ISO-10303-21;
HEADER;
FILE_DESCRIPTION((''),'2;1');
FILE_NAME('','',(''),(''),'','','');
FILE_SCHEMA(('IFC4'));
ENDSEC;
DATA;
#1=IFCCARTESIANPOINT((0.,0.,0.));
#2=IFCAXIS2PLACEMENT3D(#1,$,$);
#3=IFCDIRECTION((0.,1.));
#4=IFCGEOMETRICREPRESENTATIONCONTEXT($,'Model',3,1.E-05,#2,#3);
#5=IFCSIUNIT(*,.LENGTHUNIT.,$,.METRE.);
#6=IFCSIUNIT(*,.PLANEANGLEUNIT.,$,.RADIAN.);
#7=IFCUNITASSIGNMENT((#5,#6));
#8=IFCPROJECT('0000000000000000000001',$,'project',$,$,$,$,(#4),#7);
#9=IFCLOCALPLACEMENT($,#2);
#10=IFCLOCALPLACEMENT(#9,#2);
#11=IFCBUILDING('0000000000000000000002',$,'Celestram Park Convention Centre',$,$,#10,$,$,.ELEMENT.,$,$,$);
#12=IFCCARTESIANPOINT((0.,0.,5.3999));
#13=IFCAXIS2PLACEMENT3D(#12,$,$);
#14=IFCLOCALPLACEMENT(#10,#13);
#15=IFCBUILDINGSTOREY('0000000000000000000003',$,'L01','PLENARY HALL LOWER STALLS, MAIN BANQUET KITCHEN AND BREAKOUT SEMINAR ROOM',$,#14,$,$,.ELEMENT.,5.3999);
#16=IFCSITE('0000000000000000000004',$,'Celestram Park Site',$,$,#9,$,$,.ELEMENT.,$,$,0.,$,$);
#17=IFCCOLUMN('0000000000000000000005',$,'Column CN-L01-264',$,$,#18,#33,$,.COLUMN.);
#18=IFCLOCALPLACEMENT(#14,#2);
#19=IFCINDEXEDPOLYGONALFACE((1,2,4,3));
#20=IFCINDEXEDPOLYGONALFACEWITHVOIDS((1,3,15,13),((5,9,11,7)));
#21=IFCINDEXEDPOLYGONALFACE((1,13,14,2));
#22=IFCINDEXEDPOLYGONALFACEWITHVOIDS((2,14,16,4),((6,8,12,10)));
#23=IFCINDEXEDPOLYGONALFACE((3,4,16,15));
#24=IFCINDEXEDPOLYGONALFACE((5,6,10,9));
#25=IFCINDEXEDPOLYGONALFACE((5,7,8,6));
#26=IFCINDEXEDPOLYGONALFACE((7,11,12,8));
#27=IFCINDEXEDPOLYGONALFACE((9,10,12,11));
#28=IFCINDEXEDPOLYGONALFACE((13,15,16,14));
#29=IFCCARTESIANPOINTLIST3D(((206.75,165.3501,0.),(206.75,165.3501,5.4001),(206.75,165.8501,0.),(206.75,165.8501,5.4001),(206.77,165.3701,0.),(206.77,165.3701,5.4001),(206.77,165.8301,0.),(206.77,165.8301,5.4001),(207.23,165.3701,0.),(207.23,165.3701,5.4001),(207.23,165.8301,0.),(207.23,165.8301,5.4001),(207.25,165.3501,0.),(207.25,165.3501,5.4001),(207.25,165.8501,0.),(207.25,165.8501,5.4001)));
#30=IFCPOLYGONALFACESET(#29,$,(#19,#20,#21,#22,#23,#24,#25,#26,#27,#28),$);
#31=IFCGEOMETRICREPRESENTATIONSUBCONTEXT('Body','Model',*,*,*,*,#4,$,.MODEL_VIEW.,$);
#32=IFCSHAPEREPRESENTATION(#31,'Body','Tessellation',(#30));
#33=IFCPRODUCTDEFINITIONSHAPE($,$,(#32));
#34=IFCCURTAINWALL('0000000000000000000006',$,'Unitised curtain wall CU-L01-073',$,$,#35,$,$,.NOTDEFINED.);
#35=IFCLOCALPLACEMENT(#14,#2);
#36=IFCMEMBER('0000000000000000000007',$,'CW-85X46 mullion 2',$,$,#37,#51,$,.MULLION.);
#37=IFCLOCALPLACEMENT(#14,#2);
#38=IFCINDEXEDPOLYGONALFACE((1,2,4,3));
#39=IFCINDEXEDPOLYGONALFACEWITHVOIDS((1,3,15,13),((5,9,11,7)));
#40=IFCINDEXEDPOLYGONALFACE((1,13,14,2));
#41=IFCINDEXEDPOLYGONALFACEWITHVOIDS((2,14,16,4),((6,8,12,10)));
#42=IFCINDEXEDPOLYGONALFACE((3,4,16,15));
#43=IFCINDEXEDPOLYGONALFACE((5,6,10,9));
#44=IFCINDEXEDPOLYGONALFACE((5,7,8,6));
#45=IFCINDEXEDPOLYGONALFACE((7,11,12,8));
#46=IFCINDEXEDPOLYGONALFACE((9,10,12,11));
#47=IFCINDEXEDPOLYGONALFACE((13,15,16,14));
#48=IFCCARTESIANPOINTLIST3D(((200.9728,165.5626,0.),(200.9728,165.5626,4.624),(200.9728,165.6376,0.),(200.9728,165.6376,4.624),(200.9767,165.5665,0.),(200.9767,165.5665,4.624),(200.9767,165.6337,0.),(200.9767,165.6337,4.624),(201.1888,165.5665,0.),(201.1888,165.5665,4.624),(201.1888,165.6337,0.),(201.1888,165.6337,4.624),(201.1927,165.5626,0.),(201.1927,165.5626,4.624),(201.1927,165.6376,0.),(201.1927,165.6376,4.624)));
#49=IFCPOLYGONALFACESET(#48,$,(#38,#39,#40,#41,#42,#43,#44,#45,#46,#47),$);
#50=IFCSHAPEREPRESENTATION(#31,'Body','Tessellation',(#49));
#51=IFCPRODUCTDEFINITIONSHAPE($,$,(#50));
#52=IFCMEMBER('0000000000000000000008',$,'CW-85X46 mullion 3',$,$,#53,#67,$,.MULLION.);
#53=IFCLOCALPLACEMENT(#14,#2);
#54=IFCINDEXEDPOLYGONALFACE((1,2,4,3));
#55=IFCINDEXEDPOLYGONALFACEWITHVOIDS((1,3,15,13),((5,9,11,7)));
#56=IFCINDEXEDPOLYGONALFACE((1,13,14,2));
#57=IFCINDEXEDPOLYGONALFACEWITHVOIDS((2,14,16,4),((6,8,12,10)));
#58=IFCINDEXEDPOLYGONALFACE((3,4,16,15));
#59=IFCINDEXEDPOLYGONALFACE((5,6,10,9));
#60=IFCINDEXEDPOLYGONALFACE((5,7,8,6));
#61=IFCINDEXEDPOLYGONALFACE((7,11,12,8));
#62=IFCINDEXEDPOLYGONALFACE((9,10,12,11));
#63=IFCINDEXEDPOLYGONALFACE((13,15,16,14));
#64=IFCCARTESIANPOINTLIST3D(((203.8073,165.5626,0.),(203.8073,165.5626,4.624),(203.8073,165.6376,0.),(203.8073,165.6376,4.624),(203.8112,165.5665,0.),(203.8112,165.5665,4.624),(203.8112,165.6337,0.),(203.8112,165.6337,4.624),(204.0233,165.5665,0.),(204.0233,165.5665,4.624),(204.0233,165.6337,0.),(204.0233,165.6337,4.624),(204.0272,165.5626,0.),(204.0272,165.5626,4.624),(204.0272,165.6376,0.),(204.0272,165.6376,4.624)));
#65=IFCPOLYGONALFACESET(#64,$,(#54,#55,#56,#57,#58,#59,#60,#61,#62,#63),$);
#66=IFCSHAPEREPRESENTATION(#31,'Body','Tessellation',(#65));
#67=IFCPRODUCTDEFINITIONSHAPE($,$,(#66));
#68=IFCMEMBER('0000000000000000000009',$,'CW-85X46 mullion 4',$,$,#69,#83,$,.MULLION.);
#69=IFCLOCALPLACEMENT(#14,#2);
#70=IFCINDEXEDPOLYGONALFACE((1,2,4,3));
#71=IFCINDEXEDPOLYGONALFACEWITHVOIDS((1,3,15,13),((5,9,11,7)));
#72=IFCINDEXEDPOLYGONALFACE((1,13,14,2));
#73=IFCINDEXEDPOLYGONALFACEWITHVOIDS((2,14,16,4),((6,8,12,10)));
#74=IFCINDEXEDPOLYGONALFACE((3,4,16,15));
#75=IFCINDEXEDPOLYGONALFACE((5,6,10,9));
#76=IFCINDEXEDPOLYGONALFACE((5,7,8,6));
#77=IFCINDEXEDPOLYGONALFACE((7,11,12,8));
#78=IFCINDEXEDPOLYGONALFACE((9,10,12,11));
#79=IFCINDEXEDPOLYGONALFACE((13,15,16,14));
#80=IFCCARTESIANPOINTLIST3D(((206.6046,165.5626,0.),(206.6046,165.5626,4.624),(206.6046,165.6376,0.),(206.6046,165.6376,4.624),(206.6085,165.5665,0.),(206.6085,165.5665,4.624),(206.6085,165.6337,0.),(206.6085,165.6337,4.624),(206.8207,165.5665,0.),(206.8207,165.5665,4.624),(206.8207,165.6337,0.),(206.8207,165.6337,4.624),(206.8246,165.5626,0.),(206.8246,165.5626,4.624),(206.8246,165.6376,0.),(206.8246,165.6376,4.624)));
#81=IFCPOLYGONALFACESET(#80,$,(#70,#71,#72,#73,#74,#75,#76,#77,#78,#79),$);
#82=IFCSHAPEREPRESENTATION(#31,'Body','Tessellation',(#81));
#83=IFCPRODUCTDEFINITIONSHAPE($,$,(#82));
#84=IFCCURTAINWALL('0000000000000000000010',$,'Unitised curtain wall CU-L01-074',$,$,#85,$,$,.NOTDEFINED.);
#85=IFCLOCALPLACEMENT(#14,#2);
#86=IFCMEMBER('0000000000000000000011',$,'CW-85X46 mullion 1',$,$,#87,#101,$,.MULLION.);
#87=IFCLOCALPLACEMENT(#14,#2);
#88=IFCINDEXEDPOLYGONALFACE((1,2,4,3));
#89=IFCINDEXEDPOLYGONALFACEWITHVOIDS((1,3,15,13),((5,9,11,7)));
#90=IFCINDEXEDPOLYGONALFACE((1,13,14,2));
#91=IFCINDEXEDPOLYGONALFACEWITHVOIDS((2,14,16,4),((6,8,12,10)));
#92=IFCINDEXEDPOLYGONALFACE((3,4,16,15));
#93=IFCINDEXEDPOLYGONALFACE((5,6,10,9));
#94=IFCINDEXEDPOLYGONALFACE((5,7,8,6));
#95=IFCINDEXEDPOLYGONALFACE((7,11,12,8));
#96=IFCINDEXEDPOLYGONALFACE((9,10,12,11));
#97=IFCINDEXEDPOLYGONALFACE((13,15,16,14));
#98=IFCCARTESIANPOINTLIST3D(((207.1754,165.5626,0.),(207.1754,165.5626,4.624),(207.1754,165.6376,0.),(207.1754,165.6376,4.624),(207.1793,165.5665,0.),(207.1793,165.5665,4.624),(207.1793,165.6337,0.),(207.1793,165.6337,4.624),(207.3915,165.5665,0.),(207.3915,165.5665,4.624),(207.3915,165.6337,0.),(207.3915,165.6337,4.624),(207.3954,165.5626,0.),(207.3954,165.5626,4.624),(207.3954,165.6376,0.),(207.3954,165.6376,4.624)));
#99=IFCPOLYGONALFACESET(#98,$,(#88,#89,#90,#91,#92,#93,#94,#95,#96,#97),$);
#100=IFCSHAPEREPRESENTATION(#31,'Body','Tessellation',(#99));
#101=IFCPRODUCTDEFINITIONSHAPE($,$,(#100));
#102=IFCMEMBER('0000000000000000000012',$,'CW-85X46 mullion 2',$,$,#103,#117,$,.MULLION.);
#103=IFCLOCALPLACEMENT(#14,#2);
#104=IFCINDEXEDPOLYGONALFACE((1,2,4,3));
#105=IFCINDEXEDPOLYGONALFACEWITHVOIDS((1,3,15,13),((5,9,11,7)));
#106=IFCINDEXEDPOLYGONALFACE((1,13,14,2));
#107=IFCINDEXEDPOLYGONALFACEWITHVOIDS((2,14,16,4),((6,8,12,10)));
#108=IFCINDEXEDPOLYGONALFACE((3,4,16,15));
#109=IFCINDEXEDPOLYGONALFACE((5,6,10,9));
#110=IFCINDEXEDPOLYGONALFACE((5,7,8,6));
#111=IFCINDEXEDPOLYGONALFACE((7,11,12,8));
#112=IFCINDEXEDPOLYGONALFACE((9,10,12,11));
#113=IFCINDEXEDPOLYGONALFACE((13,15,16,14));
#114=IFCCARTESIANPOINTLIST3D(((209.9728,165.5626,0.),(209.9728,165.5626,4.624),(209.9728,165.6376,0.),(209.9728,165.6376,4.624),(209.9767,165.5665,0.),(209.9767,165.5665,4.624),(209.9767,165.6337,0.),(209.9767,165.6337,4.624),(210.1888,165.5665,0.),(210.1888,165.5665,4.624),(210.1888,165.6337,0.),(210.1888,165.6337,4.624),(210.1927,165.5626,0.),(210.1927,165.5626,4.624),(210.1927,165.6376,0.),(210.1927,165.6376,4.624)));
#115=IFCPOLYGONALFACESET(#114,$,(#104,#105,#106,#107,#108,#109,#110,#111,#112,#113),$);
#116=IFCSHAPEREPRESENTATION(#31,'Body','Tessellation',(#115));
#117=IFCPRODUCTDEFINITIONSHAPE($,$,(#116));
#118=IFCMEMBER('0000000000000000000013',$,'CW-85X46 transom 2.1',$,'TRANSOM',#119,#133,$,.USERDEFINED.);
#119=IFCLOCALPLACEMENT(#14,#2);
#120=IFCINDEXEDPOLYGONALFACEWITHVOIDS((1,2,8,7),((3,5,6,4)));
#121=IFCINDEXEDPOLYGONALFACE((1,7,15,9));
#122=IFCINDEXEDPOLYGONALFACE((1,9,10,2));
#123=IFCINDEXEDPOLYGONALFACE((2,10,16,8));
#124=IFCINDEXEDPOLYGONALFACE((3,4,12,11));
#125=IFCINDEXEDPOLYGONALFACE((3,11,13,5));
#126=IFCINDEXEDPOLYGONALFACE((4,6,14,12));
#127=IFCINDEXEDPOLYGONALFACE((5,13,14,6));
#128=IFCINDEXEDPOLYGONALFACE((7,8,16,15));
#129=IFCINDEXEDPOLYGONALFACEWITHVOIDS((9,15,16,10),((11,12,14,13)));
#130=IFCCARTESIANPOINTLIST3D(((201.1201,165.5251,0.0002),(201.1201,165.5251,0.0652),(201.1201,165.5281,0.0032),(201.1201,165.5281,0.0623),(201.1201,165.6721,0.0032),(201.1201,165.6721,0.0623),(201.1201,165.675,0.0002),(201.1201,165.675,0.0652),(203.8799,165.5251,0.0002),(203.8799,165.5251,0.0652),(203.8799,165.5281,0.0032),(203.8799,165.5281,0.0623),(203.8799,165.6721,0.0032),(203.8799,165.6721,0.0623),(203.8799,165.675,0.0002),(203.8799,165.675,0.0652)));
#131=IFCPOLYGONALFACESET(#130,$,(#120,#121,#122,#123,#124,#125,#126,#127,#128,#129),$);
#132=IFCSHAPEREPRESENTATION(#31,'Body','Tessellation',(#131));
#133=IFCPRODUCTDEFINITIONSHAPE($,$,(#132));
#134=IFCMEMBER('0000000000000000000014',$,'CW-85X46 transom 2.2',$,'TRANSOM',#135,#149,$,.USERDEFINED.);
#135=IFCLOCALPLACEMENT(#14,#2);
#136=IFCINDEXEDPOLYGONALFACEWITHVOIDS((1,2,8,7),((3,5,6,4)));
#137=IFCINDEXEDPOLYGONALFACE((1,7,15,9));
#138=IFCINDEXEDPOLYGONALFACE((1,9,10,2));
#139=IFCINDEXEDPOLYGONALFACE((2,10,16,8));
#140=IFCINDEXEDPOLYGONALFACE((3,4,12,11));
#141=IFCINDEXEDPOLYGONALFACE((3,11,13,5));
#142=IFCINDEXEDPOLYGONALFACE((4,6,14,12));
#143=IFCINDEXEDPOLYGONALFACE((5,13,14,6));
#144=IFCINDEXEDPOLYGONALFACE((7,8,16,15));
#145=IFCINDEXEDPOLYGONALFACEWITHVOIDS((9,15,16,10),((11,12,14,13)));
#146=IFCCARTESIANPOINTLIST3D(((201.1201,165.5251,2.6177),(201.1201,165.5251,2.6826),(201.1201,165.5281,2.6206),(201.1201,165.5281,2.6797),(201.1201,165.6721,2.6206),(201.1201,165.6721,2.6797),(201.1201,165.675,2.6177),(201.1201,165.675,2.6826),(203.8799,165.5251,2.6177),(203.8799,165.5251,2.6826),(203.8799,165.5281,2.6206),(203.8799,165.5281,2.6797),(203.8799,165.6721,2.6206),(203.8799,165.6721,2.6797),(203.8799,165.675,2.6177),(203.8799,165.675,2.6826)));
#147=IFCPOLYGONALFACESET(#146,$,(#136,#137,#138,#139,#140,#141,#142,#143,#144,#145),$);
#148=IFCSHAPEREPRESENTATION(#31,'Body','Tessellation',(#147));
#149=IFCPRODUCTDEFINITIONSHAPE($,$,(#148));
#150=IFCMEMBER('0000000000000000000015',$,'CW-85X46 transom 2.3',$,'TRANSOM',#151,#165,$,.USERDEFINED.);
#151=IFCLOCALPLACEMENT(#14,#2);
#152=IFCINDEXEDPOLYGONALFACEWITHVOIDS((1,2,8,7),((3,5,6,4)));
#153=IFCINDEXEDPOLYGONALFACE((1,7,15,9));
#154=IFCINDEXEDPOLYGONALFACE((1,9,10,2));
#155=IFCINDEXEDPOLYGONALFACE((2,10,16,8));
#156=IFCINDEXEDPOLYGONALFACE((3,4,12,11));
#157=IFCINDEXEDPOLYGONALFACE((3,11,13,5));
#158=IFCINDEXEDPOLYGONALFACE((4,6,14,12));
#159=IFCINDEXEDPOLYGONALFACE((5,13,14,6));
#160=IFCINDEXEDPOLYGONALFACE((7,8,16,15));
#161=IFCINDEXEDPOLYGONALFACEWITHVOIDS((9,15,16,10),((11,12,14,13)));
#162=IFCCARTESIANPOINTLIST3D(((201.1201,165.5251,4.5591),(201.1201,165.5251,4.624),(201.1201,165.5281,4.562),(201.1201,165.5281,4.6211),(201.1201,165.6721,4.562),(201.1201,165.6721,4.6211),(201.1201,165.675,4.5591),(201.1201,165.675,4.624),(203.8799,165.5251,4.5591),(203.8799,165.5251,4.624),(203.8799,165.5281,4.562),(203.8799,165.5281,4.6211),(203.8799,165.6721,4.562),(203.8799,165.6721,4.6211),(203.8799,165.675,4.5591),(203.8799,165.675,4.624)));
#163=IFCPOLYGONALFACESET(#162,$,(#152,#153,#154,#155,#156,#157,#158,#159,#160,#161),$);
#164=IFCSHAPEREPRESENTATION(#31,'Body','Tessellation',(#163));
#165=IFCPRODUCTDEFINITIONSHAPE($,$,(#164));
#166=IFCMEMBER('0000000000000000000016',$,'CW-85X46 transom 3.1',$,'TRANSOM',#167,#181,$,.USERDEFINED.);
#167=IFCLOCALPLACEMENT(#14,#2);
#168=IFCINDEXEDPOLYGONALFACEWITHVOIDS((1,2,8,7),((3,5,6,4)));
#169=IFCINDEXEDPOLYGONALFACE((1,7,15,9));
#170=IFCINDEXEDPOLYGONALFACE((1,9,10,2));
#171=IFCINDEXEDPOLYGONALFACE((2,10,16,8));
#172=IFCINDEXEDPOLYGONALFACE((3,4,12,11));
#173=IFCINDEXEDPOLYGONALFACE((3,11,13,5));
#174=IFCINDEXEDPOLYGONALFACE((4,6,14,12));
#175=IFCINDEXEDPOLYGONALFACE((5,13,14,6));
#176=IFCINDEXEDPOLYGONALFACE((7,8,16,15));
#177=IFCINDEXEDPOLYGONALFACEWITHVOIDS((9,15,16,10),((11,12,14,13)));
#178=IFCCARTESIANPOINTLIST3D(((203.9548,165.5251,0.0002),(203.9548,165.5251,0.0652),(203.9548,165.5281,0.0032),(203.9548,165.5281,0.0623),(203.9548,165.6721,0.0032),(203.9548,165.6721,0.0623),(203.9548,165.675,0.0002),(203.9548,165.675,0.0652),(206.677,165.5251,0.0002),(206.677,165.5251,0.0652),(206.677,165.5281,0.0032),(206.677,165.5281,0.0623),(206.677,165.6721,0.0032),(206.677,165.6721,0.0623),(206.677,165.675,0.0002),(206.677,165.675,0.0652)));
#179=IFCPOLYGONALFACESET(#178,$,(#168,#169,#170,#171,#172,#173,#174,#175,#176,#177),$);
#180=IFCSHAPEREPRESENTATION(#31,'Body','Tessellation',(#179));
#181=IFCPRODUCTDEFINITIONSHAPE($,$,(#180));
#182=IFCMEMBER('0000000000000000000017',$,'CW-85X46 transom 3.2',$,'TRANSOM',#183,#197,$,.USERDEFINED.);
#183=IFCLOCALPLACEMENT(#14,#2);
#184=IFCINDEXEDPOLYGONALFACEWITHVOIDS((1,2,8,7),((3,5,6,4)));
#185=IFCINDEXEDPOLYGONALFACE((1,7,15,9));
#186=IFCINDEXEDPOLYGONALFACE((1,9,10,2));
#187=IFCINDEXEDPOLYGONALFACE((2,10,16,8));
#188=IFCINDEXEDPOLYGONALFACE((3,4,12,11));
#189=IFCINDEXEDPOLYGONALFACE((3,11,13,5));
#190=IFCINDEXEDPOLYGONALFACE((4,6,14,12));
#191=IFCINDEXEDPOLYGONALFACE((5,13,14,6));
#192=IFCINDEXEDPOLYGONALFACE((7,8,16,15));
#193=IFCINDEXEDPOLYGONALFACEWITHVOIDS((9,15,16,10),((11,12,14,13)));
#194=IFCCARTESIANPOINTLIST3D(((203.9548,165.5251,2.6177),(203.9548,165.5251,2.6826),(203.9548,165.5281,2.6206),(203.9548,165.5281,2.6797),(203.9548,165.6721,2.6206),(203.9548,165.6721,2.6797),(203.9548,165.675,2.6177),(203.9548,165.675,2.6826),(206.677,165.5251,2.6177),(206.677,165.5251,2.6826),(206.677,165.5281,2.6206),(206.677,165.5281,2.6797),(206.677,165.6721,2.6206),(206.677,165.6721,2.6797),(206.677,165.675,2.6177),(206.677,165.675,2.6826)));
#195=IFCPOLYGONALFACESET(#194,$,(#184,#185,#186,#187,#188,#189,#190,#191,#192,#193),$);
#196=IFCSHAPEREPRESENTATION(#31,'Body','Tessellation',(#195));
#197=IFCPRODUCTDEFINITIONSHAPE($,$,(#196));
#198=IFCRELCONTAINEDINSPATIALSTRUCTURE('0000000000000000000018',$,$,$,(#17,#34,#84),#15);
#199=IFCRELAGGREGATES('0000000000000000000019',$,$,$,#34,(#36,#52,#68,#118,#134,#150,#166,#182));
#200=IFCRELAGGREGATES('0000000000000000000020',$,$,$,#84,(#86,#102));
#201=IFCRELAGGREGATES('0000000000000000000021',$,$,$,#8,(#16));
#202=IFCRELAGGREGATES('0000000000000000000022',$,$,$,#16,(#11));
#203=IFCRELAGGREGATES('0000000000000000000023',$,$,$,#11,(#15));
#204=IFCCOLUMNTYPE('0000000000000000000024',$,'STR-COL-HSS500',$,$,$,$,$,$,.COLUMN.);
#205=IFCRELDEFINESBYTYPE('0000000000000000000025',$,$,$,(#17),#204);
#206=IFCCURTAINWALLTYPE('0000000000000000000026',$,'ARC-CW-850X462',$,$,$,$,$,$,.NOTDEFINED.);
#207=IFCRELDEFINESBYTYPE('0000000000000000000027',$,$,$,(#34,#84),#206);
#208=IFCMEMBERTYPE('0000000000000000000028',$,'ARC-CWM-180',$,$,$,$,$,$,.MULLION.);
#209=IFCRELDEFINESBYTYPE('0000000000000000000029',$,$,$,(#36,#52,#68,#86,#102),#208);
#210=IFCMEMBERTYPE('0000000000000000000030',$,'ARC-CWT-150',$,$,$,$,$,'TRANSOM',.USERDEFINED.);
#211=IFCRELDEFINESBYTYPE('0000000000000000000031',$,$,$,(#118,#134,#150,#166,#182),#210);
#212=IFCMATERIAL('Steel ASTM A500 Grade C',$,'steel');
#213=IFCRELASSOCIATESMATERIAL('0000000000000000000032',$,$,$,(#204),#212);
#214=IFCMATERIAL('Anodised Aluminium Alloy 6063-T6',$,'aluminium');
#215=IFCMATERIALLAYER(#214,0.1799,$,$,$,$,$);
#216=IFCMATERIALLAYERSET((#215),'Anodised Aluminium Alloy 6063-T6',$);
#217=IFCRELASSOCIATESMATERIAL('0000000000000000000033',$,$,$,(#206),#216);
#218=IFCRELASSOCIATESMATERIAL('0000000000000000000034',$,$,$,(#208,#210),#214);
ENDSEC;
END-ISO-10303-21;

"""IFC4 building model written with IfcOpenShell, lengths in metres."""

from ifc_helpers import new_model, si_unit, direction, frame, origin, origin_2d, place, context, subcontext, project, spatial, hollow_rectangle, extrude, material, layer, layer_set, material_profile, profile_set, type_object, element, aggregate, save


model = new_model("IFC4")

# Units and contexts
model_context = context("Model", 3, precision=1e-05, world=origin(), true_north=direction((0.0, 1.0)))
body_context = subcontext(model_context, "Body", "Model", "MODEL_VIEW")
ifc_project = project(units=[si_unit("LENGTHUNIT", "METRE"), si_unit("PLANEANGLEUNIT", "RADIAN")], contexts=[model_context])

# Site, building, storey
site_placement = place(None, origin())
site = spatial("IfcSite", under=ifc_project, at=site_placement, Name="Celestram Park Site", CompositionType="ELEMENT", RefElevation=0.0)
building_placement = place(site_placement, origin())
building = spatial("IfcBuilding", under=site, at=building_placement, Name="Celestram Park Convention Centre", CompositionType="ELEMENT")
storey_placement = place(building_placement, frame((0.0, 0.0, 5.3999)))
storey = spatial("IfcBuildingStorey", under=building, at=storey_placement, Name="L01", Description="PLENARY HALL LOWER STALLS, MAIN BANQUET KITCHEN AND BREAKOUT SEMINAR ROOM", CompositionType="ELEMENT", Elevation=5.3999)

# Column
ifc_material_1 = material(Name="Steel ASTM A500 Grade C", Category="steel")
ifc_material_profile_1 = material_profile(ifc_material_1, hollow_rectangle(XDim=0.5, YDim=0.5, WallThickness=0.02, at=origin_2d()), Name="HSS500X500X20")
ifc_profile_set_1 = profile_set([ifc_material_profile_1], Name="Steel ASTM A500 Grade C")
column_type = type_object("IfcColumnType", Name="STR-COL-HSS500", PredefinedType="COLUMN", material=ifc_profile_set_1)
column_placement = place(storey_placement, frame((207.0, 165.6001, 0.0), z_axis=(0.0, 0.0, 1.0), x_axis=(1.0, 0.0, 0.0)))
element("IfcColumn", 1, at=column_placement, inside=storey, type_object=column_type, Name="Column CN-L01-264", PredefinedType="COLUMN", context=body_context, shape_type="SweptSolid", body=[
    extrude(hollow_rectangle(XDim=0.5, YDim=0.5, WallThickness=0.02, at=origin_2d()), origin(), (0.0, 0.0, 1.0), 5.4001),
])

# Curtain walls, members
ifc_material_2 = material(Name="Anodised Aluminium Alloy 6063-T6", Category="aluminium")
ifc_layer_1 = layer(ifc_material_2, 0.1799)
ifc_layer_set_1 = layer_set([ifc_layer_1], Name="Anodised Aluminium Alloy 6063-T6")
curtain_wall_type = type_object("IfcCurtainWallType", Name="ARC-CW-850X462", PredefinedType="NOTDEFINED", material=ifc_layer_set_1)
curtain_wall_1_placement = place(storey_placement, origin())
curtain_wall_1 = element("IfcCurtainWall", 2, at=curtain_wall_1_placement, inside=storey, type_object=curtain_wall_type, Name="Unitised curtain wall CU-L01-073", PredefinedType="NOTDEFINED")
ifc_material_profile_2 = material_profile(ifc_material_2, hollow_rectangle(XDim=0.075, YDim=0.22, WallThickness=0.0039, at=origin_2d()), Name="ALU75X220X4")
ifc_profile_set_2 = profile_set([ifc_material_profile_2], Name="Anodised Aluminium Alloy 6063-T6")
member_type_1 = type_object("IfcMemberType", Name="ARC-CWM-180", PredefinedType="MULLION", material=ifc_profile_set_2)
member_1_placement = place(storey_placement, frame((201.0828, 165.6001, 0.0), z_axis=(0.0, 0.0, 1.0), x_axis=(0.0, 1.0, 0.0)))
member_1 = element("IfcMember", 3, at=member_1_placement, type_object=member_type_1, Name="CW-85X46 mullion 2", PredefinedType="MULLION", context=body_context, shape_type="SweptSolid", body=[
    extrude(hollow_rectangle(XDim=0.075, YDim=0.22, WallThickness=0.0039, at=origin_2d()), origin(), (0.0, 0.0, 1.0), 4.624),
])
member_2_placement = place(storey_placement, frame((203.9172, 165.6001, 0.0), z_axis=(0.0, 0.0, 1.0), x_axis=(0.0, 1.0, 0.0)))
member_2 = element("IfcMember", 4, at=member_2_placement, type_object=member_type_1, Name="CW-85X46 mullion 3", PredefinedType="MULLION", context=body_context, shape_type="SweptSolid", body=[
    extrude(hollow_rectangle(XDim=0.075, YDim=0.22, WallThickness=0.0039, at=origin_2d()), origin(), (0.0, 0.0, 1.0), 4.624),
])
member_3_placement = place(storey_placement, frame((206.7146, 165.6001, 0.0), z_axis=(0.0, 0.0, 1.0), x_axis=(0.0, 1.0, 0.0)))
member_3 = element("IfcMember", 5, at=member_3_placement, type_object=member_type_1, Name="CW-85X46 mullion 4", PredefinedType="MULLION", context=body_context, shape_type="SweptSolid", body=[
    extrude(hollow_rectangle(XDim=0.075, YDim=0.22, WallThickness=0.0039, at=origin_2d()), origin(), (0.0, 0.0, 1.0), 4.624),
])
curtain_wall_2_placement = place(storey_placement, origin())
curtain_wall_2 = element("IfcCurtainWall", 6, at=curtain_wall_2_placement, inside=storey, type_object=curtain_wall_type, Name="Unitised curtain wall CU-L01-074", PredefinedType="NOTDEFINED")
member_4_placement = place(storey_placement, frame((207.2854, 165.6001, 0.0), z_axis=(0.0, 0.0, 1.0), x_axis=(0.0, 1.0, 0.0)))
member_4 = element("IfcMember", 7, at=member_4_placement, type_object=member_type_1, Name="CW-85X46 mullion 1", PredefinedType="MULLION", context=body_context, shape_type="SweptSolid", body=[
    extrude(hollow_rectangle(XDim=0.075, YDim=0.22, WallThickness=0.0039, at=origin_2d()), origin(), (0.0, 0.0, 1.0), 4.624),
])
member_5_placement = place(storey_placement, frame((210.0828, 165.6001, 0.0), z_axis=(0.0, 0.0, 1.0), x_axis=(0.0, 1.0, 0.0)))
member_5 = element("IfcMember", 8, at=member_5_placement, type_object=member_type_1, Name="CW-85X46 mullion 2", PredefinedType="MULLION", context=body_context, shape_type="SweptSolid", body=[
    extrude(hollow_rectangle(XDim=0.075, YDim=0.22, WallThickness=0.0039, at=origin_2d()), origin(), (0.0, 0.0, 1.0), 4.624),
])

# Members
ifc_material_profile_3 = material_profile(ifc_material_2, hollow_rectangle(XDim=0.1499, YDim=0.0649, WallThickness=0.0029, at=origin_2d()), Name="ALU150X65X3")
ifc_profile_set_3 = profile_set([ifc_material_profile_3], Name="Anodised Aluminium Alloy 6063-T6")
member_type_2 = type_object("IfcMemberType", Name="ARC-CWT-150", ElementType="TRANSOM", PredefinedType="USERDEFINED", material=ifc_profile_set_3)
member_6_placement = place(storey_placement, frame((201.1201, 165.6001, 0.0327), z_axis=(1.0, 0.0, 0.0), x_axis=(0.0, 1.0, 0.0)))
member_6 = element("IfcMember", 9, at=member_6_placement, type_object=member_type_2, Name="CW-85X46 transom 2.1", ObjectType="TRANSOM", PredefinedType="USERDEFINED", context=body_context, shape_type="SweptSolid", body=[
    extrude(hollow_rectangle(XDim=0.1499, YDim=0.0649, WallThickness=0.0029, at=origin_2d()), origin(), (0.0, 0.0, 1.0), 2.7598),
])
member_7_placement = place(storey_placement, frame((201.1201, 165.6001, 2.6501), z_axis=(1.0, 0.0, 0.0), x_axis=(0.0, 1.0, 0.0)))
member_7 = element("IfcMember", 10, at=member_7_placement, type_object=member_type_2, Name="CW-85X46 transom 2.2", ObjectType="TRANSOM", PredefinedType="USERDEFINED", context=body_context, shape_type="SweptSolid", body=[
    extrude(hollow_rectangle(XDim=0.1499, YDim=0.0649, WallThickness=0.0029, at=origin_2d()), origin(), (0.0, 0.0, 1.0), 2.7598),
])
member_8_placement = place(storey_placement, frame((201.1201, 165.6001, 4.5916), z_axis=(1.0, 0.0, 0.0), x_axis=(0.0, 1.0, 0.0)))
member_8 = element("IfcMember", 11, at=member_8_placement, type_object=member_type_2, Name="CW-85X46 transom 2.3", ObjectType="TRANSOM", PredefinedType="USERDEFINED", context=body_context, shape_type="SweptSolid", body=[
    extrude(hollow_rectangle(XDim=0.1499, YDim=0.0649, WallThickness=0.0029, at=origin_2d()), origin(), (0.0, 0.0, 1.0), 2.7598),
])
member_9_placement = place(storey_placement, frame((203.9548, 165.6001, 0.0327), z_axis=(1.0, 0.0, 0.0), x_axis=(0.0, 1.0, 0.0)))
member_9 = element("IfcMember", 12, at=member_9_placement, type_object=member_type_2, Name="CW-85X46 transom 3.1", ObjectType="TRANSOM", PredefinedType="USERDEFINED", context=body_context, shape_type="SweptSolid", body=[
    extrude(hollow_rectangle(XDim=0.1499, YDim=0.0649, WallThickness=0.0029, at=origin_2d()), origin(), (0.0, 0.0, 1.0), 2.7222),
])
member_10_placement = place(storey_placement, frame((203.9548, 165.6001, 2.6501), z_axis=(1.0, 0.0, 0.0), x_axis=(0.0, 1.0, 0.0)))
member_10 = element("IfcMember", 13, at=member_10_placement, type_object=member_type_2, Name="CW-85X46 transom 3.2", ObjectType="TRANSOM", PredefinedType="USERDEFINED", context=body_context, shape_type="SweptSolid", body=[
    extrude(hollow_rectangle(XDim=0.1499, YDim=0.0649, WallThickness=0.0029, at=origin_2d()), origin(), (0.0, 0.0, 1.0), 2.7222),
])

aggregate(curtain_wall_1, [member_1, member_2, member_3, member_6, member_7, member_8, member_9, member_10])
aggregate(curtain_wall_2, [member_4, member_5])

save(model, "model.ifc")
